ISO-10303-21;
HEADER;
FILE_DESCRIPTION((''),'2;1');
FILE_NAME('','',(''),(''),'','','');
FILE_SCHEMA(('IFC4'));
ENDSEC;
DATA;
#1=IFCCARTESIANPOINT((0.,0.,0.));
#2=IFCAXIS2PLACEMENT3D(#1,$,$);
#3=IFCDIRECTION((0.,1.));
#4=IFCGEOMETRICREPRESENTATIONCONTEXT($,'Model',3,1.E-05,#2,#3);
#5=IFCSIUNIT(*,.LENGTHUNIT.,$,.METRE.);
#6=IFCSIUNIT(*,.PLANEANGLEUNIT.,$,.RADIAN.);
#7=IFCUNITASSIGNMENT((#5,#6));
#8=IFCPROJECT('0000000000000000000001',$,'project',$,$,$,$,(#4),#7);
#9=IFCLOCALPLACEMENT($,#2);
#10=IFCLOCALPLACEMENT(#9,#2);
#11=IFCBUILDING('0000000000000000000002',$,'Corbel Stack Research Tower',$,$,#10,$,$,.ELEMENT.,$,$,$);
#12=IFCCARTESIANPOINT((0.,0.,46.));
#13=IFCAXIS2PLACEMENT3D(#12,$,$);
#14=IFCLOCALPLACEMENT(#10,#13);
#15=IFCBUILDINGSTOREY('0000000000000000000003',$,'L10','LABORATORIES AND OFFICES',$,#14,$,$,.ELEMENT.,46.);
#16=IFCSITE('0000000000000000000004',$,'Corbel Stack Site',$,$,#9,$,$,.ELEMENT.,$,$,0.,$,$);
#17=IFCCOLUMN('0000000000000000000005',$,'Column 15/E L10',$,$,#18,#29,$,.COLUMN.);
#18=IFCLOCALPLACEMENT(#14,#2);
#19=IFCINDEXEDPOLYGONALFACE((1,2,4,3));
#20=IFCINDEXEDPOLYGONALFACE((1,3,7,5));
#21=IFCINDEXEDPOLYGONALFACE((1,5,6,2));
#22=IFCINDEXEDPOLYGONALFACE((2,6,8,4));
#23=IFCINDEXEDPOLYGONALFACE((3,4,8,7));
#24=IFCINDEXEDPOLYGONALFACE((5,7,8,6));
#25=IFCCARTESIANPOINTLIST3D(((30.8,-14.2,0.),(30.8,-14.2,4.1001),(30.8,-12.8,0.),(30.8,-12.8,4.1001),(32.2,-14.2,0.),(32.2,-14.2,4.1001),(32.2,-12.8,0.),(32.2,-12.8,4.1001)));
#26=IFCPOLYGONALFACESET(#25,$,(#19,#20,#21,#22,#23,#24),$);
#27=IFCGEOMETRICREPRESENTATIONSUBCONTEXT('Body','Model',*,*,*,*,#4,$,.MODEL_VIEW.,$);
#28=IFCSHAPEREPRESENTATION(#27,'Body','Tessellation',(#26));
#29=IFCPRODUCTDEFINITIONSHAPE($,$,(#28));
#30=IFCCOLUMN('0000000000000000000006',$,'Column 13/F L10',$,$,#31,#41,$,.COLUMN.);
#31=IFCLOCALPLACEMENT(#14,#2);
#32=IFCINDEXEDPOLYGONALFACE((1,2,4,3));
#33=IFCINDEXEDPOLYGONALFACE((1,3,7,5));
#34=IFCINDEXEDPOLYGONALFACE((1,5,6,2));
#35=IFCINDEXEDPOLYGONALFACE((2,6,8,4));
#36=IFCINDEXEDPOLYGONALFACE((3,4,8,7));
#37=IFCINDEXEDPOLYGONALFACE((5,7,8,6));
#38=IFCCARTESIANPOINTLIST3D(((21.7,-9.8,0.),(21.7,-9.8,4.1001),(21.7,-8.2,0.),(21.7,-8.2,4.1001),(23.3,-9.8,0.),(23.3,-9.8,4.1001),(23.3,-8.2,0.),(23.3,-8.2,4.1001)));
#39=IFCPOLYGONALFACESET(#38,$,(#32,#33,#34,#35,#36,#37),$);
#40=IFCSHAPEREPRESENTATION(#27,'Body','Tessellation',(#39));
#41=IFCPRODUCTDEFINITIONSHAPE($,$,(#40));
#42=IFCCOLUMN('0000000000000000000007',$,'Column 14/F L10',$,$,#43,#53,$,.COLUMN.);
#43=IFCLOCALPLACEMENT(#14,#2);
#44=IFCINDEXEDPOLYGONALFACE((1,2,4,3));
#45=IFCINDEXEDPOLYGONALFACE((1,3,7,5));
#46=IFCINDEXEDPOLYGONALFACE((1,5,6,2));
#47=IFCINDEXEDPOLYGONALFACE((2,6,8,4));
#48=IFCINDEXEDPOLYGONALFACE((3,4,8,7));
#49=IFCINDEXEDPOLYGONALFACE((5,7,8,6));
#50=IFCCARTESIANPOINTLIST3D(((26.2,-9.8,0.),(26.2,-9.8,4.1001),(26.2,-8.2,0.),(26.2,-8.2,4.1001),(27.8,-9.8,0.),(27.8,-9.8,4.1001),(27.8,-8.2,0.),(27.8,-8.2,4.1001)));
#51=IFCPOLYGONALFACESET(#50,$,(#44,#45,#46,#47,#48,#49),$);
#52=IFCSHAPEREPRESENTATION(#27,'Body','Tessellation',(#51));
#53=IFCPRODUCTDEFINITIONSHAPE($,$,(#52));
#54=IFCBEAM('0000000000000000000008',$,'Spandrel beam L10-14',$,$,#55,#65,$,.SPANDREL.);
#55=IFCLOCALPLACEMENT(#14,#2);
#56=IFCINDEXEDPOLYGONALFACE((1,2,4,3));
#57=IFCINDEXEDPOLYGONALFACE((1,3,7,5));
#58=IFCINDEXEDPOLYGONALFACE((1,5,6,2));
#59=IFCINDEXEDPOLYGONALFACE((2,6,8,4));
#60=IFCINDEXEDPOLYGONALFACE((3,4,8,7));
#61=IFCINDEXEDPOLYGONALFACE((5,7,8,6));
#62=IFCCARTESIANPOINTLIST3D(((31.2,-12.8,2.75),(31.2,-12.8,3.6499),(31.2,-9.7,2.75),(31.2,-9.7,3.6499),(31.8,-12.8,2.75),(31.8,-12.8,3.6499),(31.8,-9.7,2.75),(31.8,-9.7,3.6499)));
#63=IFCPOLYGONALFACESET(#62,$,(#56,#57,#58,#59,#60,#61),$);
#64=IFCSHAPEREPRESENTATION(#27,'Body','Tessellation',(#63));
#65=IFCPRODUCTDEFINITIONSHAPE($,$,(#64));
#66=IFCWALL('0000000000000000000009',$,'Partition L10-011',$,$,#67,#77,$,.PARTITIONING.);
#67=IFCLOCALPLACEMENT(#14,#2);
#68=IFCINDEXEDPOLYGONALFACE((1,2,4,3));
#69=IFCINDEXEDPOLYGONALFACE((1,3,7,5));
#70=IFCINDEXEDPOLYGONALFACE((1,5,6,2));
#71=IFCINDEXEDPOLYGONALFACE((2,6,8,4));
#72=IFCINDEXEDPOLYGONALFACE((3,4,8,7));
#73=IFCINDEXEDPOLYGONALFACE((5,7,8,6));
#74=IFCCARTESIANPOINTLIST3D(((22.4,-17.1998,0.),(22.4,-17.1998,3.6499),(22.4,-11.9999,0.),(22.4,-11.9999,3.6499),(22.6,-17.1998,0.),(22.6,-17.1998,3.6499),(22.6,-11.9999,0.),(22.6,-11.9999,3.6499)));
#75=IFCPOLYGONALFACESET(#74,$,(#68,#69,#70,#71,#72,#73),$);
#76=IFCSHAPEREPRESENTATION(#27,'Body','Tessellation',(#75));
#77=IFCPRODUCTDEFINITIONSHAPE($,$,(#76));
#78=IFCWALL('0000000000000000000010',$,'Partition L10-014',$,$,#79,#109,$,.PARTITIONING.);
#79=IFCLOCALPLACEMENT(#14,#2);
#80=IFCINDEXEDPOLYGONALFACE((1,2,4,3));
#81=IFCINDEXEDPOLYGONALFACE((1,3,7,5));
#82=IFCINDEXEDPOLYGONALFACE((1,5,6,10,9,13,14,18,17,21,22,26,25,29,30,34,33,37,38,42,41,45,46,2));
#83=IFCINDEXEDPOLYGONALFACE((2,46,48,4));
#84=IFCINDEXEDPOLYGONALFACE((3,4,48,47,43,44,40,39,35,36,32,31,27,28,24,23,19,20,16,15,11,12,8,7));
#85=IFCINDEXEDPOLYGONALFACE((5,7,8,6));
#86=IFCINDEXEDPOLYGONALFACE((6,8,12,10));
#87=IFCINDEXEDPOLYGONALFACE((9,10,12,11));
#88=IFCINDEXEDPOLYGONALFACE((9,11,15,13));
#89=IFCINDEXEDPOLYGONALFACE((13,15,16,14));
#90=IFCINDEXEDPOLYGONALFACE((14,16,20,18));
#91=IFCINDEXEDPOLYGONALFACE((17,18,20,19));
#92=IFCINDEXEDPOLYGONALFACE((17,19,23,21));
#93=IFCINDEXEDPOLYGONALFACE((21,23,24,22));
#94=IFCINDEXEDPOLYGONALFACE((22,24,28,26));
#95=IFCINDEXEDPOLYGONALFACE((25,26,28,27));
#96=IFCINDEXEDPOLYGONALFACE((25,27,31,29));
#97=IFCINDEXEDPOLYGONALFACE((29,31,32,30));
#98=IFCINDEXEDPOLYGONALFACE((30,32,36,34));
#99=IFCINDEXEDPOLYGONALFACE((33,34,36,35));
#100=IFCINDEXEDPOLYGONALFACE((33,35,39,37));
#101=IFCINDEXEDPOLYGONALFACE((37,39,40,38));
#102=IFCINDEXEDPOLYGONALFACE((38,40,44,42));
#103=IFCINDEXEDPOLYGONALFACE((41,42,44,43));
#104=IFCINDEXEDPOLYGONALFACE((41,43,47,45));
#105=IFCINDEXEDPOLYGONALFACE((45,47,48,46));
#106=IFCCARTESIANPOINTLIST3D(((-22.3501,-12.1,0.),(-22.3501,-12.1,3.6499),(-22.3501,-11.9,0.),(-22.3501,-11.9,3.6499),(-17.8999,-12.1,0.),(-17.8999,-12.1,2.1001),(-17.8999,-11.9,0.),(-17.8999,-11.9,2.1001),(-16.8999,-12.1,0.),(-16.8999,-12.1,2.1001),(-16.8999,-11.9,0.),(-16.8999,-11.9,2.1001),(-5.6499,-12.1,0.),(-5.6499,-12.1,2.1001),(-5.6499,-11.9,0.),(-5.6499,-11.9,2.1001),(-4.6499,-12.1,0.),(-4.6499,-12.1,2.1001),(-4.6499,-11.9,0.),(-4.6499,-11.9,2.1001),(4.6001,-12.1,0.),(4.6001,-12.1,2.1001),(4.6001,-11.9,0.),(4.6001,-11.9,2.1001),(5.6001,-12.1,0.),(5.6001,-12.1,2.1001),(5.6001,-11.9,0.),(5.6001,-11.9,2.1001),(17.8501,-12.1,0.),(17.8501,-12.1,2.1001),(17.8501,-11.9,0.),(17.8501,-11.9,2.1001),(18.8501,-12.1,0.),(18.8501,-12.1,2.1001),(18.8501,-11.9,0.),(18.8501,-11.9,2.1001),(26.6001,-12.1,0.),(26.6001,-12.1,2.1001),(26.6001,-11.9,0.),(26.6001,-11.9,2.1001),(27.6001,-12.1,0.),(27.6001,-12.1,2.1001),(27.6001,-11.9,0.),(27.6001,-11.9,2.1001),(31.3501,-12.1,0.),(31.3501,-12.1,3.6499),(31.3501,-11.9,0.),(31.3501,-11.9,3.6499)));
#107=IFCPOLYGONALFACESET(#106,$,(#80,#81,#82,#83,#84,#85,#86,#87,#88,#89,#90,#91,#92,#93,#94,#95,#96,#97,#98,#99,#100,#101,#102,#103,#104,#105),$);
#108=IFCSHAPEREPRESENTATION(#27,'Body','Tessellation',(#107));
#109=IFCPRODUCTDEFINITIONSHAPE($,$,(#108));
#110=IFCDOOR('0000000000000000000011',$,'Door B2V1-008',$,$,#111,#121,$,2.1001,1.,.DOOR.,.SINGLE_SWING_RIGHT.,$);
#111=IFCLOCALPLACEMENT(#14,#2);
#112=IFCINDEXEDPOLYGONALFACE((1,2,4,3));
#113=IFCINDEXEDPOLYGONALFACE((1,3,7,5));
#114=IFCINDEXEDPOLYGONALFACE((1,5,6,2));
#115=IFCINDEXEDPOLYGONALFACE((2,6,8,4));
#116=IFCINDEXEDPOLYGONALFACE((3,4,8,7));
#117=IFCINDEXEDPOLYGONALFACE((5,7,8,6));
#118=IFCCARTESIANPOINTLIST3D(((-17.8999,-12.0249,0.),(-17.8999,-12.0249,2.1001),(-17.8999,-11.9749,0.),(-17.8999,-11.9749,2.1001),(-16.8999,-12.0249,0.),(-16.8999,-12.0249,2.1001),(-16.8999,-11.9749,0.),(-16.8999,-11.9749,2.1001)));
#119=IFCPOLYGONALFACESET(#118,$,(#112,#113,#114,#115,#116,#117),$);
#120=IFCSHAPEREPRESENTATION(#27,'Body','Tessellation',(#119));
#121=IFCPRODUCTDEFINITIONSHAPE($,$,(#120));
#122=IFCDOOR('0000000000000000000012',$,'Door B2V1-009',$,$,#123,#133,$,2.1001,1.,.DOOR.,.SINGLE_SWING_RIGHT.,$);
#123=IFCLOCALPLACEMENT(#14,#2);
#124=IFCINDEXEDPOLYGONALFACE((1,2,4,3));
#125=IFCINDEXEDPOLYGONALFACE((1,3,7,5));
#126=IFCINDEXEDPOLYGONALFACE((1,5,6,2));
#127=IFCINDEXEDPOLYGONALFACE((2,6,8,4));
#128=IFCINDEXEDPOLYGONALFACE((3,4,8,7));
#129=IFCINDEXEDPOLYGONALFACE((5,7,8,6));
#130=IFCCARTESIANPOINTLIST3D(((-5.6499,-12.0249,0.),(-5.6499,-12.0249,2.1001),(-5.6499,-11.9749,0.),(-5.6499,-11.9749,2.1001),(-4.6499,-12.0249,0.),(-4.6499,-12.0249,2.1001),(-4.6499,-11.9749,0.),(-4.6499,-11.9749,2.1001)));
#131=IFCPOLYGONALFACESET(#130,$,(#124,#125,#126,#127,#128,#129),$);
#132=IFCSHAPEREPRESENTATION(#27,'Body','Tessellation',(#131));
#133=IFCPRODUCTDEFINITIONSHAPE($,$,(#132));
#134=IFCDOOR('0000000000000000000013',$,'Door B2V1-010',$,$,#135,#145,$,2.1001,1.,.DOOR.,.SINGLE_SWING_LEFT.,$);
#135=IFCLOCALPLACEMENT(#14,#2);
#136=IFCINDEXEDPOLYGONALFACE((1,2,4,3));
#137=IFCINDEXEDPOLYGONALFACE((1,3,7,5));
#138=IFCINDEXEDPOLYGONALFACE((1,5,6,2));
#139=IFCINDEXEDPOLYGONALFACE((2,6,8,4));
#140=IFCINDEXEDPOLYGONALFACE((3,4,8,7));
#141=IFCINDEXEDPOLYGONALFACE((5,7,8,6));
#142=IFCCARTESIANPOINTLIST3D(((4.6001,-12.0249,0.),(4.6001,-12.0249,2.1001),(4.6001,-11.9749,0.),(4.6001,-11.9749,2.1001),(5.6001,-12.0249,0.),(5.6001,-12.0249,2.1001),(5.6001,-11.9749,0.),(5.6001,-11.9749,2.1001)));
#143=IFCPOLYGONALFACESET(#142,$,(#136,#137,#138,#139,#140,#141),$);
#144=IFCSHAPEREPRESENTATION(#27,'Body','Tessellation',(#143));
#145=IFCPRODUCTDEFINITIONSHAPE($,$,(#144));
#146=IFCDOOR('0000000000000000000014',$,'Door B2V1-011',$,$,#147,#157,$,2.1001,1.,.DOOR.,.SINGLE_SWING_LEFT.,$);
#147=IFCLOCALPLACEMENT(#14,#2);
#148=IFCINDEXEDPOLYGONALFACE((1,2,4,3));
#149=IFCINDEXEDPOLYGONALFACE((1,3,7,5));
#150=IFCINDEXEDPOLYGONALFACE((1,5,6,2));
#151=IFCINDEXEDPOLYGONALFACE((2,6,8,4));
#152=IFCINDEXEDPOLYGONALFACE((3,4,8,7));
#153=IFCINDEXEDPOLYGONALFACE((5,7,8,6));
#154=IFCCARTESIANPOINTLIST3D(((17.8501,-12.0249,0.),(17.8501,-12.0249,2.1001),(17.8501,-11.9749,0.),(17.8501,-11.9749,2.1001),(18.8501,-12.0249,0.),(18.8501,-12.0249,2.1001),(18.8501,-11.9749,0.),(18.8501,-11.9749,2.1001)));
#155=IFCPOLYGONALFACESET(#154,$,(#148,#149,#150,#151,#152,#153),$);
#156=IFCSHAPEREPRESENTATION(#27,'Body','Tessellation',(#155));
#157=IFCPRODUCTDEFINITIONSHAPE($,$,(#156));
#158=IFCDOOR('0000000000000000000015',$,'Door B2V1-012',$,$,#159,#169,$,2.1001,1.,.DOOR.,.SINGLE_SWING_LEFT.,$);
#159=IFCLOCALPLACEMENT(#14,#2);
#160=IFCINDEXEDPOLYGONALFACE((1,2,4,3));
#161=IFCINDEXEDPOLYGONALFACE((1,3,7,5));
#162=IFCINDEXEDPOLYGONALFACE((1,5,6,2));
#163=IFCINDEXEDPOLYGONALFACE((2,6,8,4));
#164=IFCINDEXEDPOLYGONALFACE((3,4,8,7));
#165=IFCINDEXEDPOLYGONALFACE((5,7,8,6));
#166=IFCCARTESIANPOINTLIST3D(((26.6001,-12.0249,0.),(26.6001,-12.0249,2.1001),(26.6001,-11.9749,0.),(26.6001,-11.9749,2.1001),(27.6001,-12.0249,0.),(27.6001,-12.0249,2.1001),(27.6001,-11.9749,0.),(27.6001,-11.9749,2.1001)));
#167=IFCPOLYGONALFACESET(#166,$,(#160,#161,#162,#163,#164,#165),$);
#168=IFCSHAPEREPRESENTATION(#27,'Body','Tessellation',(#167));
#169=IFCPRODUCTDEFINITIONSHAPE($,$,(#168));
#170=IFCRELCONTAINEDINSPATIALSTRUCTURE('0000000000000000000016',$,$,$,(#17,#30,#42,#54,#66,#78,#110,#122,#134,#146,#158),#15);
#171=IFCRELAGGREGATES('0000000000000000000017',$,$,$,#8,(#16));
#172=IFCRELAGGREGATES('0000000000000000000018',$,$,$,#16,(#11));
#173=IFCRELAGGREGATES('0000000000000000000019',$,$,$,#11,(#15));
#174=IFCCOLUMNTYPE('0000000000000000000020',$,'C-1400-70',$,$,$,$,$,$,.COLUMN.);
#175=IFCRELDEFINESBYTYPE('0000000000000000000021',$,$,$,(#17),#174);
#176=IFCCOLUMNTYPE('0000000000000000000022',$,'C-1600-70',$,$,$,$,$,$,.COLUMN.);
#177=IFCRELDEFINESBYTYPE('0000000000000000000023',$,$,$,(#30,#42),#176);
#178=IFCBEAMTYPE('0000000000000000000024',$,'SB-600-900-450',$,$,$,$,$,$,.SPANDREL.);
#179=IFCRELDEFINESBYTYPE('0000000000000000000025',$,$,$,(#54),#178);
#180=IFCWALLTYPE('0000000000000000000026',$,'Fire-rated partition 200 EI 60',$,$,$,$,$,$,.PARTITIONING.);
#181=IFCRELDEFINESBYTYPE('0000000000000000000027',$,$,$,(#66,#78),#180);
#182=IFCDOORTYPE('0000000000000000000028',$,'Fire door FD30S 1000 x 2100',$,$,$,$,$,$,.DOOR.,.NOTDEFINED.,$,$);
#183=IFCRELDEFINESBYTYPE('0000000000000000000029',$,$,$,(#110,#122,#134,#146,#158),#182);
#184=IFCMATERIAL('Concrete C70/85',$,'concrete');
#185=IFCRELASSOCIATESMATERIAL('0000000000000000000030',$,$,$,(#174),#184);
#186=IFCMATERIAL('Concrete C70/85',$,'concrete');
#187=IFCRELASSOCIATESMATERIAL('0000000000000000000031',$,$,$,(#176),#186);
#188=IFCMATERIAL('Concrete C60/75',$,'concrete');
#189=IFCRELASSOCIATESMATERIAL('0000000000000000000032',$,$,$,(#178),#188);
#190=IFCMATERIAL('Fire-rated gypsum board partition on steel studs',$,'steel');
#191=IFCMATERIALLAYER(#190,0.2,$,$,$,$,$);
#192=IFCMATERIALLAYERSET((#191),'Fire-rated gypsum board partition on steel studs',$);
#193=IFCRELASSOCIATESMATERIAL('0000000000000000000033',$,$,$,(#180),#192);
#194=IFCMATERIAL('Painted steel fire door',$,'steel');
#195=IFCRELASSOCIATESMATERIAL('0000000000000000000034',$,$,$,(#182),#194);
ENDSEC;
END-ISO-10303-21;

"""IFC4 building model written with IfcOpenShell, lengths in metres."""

from ifc_helpers import new_model, si_unit, direction, frame, frame_2d, origin, origin_2d, place, context, subcontext, project, spatial, rectangle, extrude, material, layer, layer_set, material_profile, profile_set, type_object, element, fill, save


model = new_model("IFC4")

# Units and contexts
model_context = context("Model", 3, precision=1e-05, world=origin(), true_north=direction((0.0, 1.0)))
body_context = subcontext(model_context, "Body", "Model", "MODEL_VIEW")
ifc_project = project(units=[si_unit("LENGTHUNIT", "METRE"), si_unit("PLANEANGLEUNIT", "RADIAN")], contexts=[model_context])

# Site, building, storey
site_placement = place(None, origin())
site = spatial("IfcSite", under=ifc_project, at=site_placement, Name="Corbel Stack Site", CompositionType="ELEMENT", RefElevation=0.0)
building_placement = place(site_placement, origin())
building = spatial("IfcBuilding", under=site, at=building_placement, Name="Corbel Stack Research Tower", CompositionType="ELEMENT")
storey_placement = place(building_placement, frame((0.0, 0.0, 46.0)))
storey = spatial("IfcBuildingStorey", under=building, at=storey_placement, Name="L10", Description="LABORATORIES AND OFFICES", CompositionType="ELEMENT", Elevation=46.0)

# Columns
ifc_material_1 = material(Name="Concrete C70/85", Category="concrete")
ifc_material_profile_1 = material_profile(ifc_material_1, rectangle(XDim=1.3999, YDim=1.3999, at=origin_2d()), Name="RC 1400 x 1400")
ifc_profile_set_1 = profile_set([ifc_material_profile_1], Name="Concrete C70/85")
column_type_1 = type_object("IfcColumnType", Name="C-1400-70", PredefinedType="COLUMN", material=ifc_profile_set_1)
column_placement = place(storey_placement, frame((31.5, -13.5, 0.0), z_axis=(0.0, 0.0, 1.0), x_axis=(1.0, 0.0, 0.0)))
element("IfcColumn", 1, at=column_placement, inside=storey, type_object=column_type_1, Name="Column 15/E L10", PredefinedType="COLUMN", context=body_context, shape_type="SweptSolid", body=[
    extrude(rectangle(XDim=1.3999, YDim=1.3999, at=origin_2d()), origin(), (0.0, 0.0, 1.0), 4.1001),
])
ifc_material_2 = material(Name="Concrete C70/85", Category="concrete")
ifc_material_profile_2 = material_profile(ifc_material_2, rectangle(XDim=1.6001, YDim=1.6001, at=origin_2d()), Name="RC 1600 x 1600")
ifc_profile_set_2 = profile_set([ifc_material_profile_2], Name="Concrete C70/85")
column_type_2 = type_object("IfcColumnType", Name="C-1600-70", PredefinedType="COLUMN", material=ifc_profile_set_2)
for number, where, z_axis, x_axis, name in (
    (2, (22.5, -9.0, 0.0), (0.0, 0.0, 1.0), (1.0, 0.0, 0.0), "Column 13/F L10"),
    (3, (27.0, -9.0, 0.0), (0.0, 0.0, 1.0), (1.0, 0.0, 0.0), "Column 14/F L10"),
):
    element("IfcColumn", number, at=place(storey_placement, frame(where, z_axis=z_axis, x_axis=x_axis)), inside=storey, type_object=column_type_2, Name=name, PredefinedType="COLUMN", context=body_context, shape_type="SweptSolid", body=[
        extrude(rectangle(XDim=1.6001, YDim=1.6001, at=origin_2d()), origin(), (0.0, 0.0, 1.0), 4.1001),
    ])

# Beam
ifc_material_3 = material(Name="Concrete C60/75", Category="concrete")
ifc_material_profile_3 = material_profile(ifc_material_3, rectangle(XDim=0.6001, YDim=0.8999, at=origin_2d()), Name="RC 600 x 900")
ifc_profile_set_3 = profile_set([ifc_material_profile_3], Name="Concrete C60/75")
beam_type = type_object("IfcBeamType", Name="SB-600-900-450", PredefinedType="SPANDREL", material=ifc_profile_set_3)
beam_placement = place(storey_placement, frame((31.5, -12.8, 3.2), z_axis=(0.0, 1.0, 0.0), x_axis=(-1.0, 0.0, 0.0)))
element("IfcBeam", 4, at=beam_placement, inside=storey, type_object=beam_type, Name="Spandrel beam L10-14", PredefinedType="SPANDREL", context=body_context, shape_type="SweptSolid", body=[
    extrude(rectangle(XDim=0.6001, YDim=0.8999, at=origin_2d()), origin(), (0.0, 0.0, 1.0), 3.1001),
])

# Wall
ifc_material_4 = material(Name="Fire-rated gypsum board partition on steel studs", Category="steel")
ifc_layer_1 = layer(ifc_material_4, 0.2)
ifc_layer_set_1 = layer_set([ifc_layer_1], Name="Fire-rated gypsum board partition on steel studs")
wall_type_1 = type_object("IfcWallType", Name="Fire-rated partition 200 EI 60", PredefinedType="PARTITIONING", material=ifc_layer_set_1)
wall_1_placement = place(storey_placement, frame((22.5, -17.2, 0.0), z_axis=(0.0, 0.0, 1.0), x_axis=(0.0, 1.0, 0.0)))
element("IfcWall", 5, at=wall_1_placement, inside=storey, type_object=wall_type_1, Name="Partition L10-011", PredefinedType="PARTITIONING", context=body_context, shape_type="SweptSolid", body=[
    extrude(rectangle(XDim=5.2, YDim=0.2, at=frame_2d((2.6001, 0.0))), origin(), (0.0, 0.0, 1.0), 3.6499),
])

# Wall, openings, doors
wall_2_placement = place(storey_placement, frame((31.3501, -12.0, 0.0), z_axis=(0.0, 0.0, 1.0), x_axis=(-1.0, 0.0, 0.0)))
wall_2 = element("IfcWall", 6, at=wall_2_placement, inside=storey, type_object=wall_type_1, Name="Partition L10-014", PredefinedType="PARTITIONING", context=body_context, shape_type="SweptSolid", body=[
    extrude(rectangle(XDim=53.7002, YDim=0.2, at=frame_2d((26.8501, 0.0))), origin(), (0.0, 0.0, 1.0), 3.6499),
])
opening_1_placement = place(wall_2_placement, frame((48.25, 0.0, 0.0)))
opening_1 = element("IfcOpeningElement", 7, at=opening_1_placement, cuts=wall_2, PredefinedType="OPENING", context=body_context, shape_type="SweptSolid", body=[
    extrude(rectangle(XDim=1.0, YDim=2.1001, at=frame_2d((0.5, 1.05))), frame((0.0, 0.1099, 0.0), z_axis=(0.0, -1.0, 0.0), x_axis=(1.0, 0.0, 0.0)), (0.0, 0.0, 1.0), 0.22),
])
opening_2_placement = place(wall_2_placement, frame((36.0, 0.0, 0.0)))
opening_2 = element("IfcOpeningElement", 8, at=opening_2_placement, cuts=wall_2, PredefinedType="OPENING", context=body_context, shape_type="SweptSolid", body=[
    extrude(rectangle(XDim=1.0, YDim=2.1001, at=frame_2d((0.5, 1.05))), frame((0.0, 0.1099, 0.0), z_axis=(0.0, -1.0, 0.0), x_axis=(1.0, 0.0, 0.0)), (0.0, 0.0, 1.0), 0.22),
])
opening_3_placement = place(wall_2_placement, frame((25.75, 0.0, 0.0)))
opening_3 = element("IfcOpeningElement", 9, at=opening_3_placement, cuts=wall_2, PredefinedType="OPENING", context=body_context, shape_type="SweptSolid", body=[
    extrude(rectangle(XDim=1.0, YDim=2.1001, at=frame_2d((0.5, 1.05))), frame((0.0, 0.1099, 0.0), z_axis=(0.0, -1.0, 0.0), x_axis=(1.0, 0.0, 0.0)), (0.0, 0.0, 1.0), 0.22),
])
opening_4_placement = place(wall_2_placement, frame((12.5, 0.0, 0.0)))
opening_4 = element("IfcOpeningElement", 10, at=opening_4_placement, cuts=wall_2, PredefinedType="OPENING", context=body_context, shape_type="SweptSolid", body=[
    extrude(rectangle(XDim=1.0, YDim=2.1001, at=frame_2d((0.5, 1.05))), frame((0.0, 0.1099, 0.0), z_axis=(0.0, -1.0, 0.0), x_axis=(1.0, 0.0, 0.0)), (0.0, 0.0, 1.0), 0.22),
])
opening_5_placement = place(wall_2_placement, frame((3.75, 0.0, 0.0)))
opening_5 = element("IfcOpeningElement", 11, at=opening_5_placement, cuts=wall_2, PredefinedType="OPENING", context=body_context, shape_type="SweptSolid", body=[
    extrude(rectangle(XDim=1.0, YDim=2.1001, at=frame_2d((0.5, 1.05))), frame((0.0, 0.1099, 0.0), z_axis=(0.0, -1.0, 0.0), x_axis=(1.0, 0.0, 0.0)), (0.0, 0.0, 1.0), 0.22),
])
ifc_material_5 = material(Name="Painted steel fire door", Category="steel")
door_type_1 = type_object("IfcDoorType", Name="Fire door FD30S 1000 x 2100", OperationType="NOTDEFINED", PredefinedType="DOOR", material=ifc_material_5)
door_1_placement = place(opening_1_placement, origin())
door_1 = element("IfcDoor", 12, at=door_1_placement, inside=storey, type_object=door_type_1, Name="Door B2V1-008", OperationType="SINGLE_SWING_RIGHT", OverallHeight=2.1001, OverallWidth=1.0, PredefinedType="DOOR", context=body_context, shape_type="SweptSolid", body=[
    extrude(rectangle(XDim=1.0, YDim=2.1001, at=frame_2d((0.5, 1.05))), frame((0.0, 0.0249, 0.0), z_axis=(0.0, -1.0, 0.0), x_axis=(1.0, 0.0, 0.0)), (0.0, 0.0, 1.0), 0.05),
])
fill(opening_1, door_1)
door_2_placement = place(opening_2_placement, origin())
door_2 = element("IfcDoor", 13, at=door_2_placement, inside=storey, type_object=door_type_1, Name="Door B2V1-009", OperationType="SINGLE_SWING_RIGHT", OverallHeight=2.1001, OverallWidth=1.0, PredefinedType="DOOR", context=body_context, shape_type="SweptSolid", body=[
    extrude(rectangle(XDim=1.0, YDim=2.1001, at=frame_2d((0.5, 1.05))), frame((0.0, 0.0249, 0.0), z_axis=(0.0, -1.0, 0.0), x_axis=(1.0, 0.0, 0.0)), (0.0, 0.0, 1.0), 0.05),
])
fill(opening_2, door_2)
door_3_placement = place(opening_3_placement, origin())
door_3 = element("IfcDoor", 14, at=door_3_placement, inside=storey, type_object=door_type_1, Name="Door B2V1-010", OperationType="SINGLE_SWING_LEFT", OverallHeight=2.1001, OverallWidth=1.0, PredefinedType="DOOR", context=body_context, shape_type="SweptSolid", body=[
    extrude(rectangle(XDim=1.0, YDim=2.1001, at=frame_2d((0.5, 1.05))), frame((0.0, 0.0249, 0.0), z_axis=(0.0, -1.0, 0.0), x_axis=(1.0, 0.0, 0.0)), (0.0, 0.0, 1.0), 0.05),
])
fill(opening_3, door_3)
door_4_placement = place(opening_4_placement, origin())
door_4 = element("IfcDoor", 15, at=door_4_placement, inside=storey, type_object=door_type_1, Name="Door B2V1-011", OperationType="SINGLE_SWING_LEFT", OverallHeight=2.1001, OverallWidth=1.0, PredefinedType="DOOR", context=body_context, shape_type="SweptSolid", body=[
    extrude(rectangle(XDim=1.0, YDim=2.1001, at=frame_2d((0.5, 1.05))), frame((0.0, 0.0249, 0.0), z_axis=(0.0, -1.0, 0.0), x_axis=(1.0, 0.0, 0.0)), (0.0, 0.0, 1.0), 0.05),
])
fill(opening_4, door_4)
door_5_placement = place(opening_5_placement, origin())
door_5 = element("IfcDoor", 16, at=door_5_placement, inside=storey, type_object=door_type_1, Name="Door B2V1-012", OperationType="SINGLE_SWING_LEFT", OverallHeight=2.1001, OverallWidth=1.0, PredefinedType="DOOR", context=body_context, shape_type="SweptSolid", body=[
    extrude(rectangle(XDim=1.0, YDim=2.1001, at=frame_2d((0.5, 1.05))), frame((0.0, 0.0249, 0.0), z_axis=(0.0, -1.0, 0.0), x_axis=(1.0, 0.0, 0.0)), (0.0, 0.0, 1.0), 0.05),
])
fill(opening_5, door_5)

save(model, "model.ifc")
